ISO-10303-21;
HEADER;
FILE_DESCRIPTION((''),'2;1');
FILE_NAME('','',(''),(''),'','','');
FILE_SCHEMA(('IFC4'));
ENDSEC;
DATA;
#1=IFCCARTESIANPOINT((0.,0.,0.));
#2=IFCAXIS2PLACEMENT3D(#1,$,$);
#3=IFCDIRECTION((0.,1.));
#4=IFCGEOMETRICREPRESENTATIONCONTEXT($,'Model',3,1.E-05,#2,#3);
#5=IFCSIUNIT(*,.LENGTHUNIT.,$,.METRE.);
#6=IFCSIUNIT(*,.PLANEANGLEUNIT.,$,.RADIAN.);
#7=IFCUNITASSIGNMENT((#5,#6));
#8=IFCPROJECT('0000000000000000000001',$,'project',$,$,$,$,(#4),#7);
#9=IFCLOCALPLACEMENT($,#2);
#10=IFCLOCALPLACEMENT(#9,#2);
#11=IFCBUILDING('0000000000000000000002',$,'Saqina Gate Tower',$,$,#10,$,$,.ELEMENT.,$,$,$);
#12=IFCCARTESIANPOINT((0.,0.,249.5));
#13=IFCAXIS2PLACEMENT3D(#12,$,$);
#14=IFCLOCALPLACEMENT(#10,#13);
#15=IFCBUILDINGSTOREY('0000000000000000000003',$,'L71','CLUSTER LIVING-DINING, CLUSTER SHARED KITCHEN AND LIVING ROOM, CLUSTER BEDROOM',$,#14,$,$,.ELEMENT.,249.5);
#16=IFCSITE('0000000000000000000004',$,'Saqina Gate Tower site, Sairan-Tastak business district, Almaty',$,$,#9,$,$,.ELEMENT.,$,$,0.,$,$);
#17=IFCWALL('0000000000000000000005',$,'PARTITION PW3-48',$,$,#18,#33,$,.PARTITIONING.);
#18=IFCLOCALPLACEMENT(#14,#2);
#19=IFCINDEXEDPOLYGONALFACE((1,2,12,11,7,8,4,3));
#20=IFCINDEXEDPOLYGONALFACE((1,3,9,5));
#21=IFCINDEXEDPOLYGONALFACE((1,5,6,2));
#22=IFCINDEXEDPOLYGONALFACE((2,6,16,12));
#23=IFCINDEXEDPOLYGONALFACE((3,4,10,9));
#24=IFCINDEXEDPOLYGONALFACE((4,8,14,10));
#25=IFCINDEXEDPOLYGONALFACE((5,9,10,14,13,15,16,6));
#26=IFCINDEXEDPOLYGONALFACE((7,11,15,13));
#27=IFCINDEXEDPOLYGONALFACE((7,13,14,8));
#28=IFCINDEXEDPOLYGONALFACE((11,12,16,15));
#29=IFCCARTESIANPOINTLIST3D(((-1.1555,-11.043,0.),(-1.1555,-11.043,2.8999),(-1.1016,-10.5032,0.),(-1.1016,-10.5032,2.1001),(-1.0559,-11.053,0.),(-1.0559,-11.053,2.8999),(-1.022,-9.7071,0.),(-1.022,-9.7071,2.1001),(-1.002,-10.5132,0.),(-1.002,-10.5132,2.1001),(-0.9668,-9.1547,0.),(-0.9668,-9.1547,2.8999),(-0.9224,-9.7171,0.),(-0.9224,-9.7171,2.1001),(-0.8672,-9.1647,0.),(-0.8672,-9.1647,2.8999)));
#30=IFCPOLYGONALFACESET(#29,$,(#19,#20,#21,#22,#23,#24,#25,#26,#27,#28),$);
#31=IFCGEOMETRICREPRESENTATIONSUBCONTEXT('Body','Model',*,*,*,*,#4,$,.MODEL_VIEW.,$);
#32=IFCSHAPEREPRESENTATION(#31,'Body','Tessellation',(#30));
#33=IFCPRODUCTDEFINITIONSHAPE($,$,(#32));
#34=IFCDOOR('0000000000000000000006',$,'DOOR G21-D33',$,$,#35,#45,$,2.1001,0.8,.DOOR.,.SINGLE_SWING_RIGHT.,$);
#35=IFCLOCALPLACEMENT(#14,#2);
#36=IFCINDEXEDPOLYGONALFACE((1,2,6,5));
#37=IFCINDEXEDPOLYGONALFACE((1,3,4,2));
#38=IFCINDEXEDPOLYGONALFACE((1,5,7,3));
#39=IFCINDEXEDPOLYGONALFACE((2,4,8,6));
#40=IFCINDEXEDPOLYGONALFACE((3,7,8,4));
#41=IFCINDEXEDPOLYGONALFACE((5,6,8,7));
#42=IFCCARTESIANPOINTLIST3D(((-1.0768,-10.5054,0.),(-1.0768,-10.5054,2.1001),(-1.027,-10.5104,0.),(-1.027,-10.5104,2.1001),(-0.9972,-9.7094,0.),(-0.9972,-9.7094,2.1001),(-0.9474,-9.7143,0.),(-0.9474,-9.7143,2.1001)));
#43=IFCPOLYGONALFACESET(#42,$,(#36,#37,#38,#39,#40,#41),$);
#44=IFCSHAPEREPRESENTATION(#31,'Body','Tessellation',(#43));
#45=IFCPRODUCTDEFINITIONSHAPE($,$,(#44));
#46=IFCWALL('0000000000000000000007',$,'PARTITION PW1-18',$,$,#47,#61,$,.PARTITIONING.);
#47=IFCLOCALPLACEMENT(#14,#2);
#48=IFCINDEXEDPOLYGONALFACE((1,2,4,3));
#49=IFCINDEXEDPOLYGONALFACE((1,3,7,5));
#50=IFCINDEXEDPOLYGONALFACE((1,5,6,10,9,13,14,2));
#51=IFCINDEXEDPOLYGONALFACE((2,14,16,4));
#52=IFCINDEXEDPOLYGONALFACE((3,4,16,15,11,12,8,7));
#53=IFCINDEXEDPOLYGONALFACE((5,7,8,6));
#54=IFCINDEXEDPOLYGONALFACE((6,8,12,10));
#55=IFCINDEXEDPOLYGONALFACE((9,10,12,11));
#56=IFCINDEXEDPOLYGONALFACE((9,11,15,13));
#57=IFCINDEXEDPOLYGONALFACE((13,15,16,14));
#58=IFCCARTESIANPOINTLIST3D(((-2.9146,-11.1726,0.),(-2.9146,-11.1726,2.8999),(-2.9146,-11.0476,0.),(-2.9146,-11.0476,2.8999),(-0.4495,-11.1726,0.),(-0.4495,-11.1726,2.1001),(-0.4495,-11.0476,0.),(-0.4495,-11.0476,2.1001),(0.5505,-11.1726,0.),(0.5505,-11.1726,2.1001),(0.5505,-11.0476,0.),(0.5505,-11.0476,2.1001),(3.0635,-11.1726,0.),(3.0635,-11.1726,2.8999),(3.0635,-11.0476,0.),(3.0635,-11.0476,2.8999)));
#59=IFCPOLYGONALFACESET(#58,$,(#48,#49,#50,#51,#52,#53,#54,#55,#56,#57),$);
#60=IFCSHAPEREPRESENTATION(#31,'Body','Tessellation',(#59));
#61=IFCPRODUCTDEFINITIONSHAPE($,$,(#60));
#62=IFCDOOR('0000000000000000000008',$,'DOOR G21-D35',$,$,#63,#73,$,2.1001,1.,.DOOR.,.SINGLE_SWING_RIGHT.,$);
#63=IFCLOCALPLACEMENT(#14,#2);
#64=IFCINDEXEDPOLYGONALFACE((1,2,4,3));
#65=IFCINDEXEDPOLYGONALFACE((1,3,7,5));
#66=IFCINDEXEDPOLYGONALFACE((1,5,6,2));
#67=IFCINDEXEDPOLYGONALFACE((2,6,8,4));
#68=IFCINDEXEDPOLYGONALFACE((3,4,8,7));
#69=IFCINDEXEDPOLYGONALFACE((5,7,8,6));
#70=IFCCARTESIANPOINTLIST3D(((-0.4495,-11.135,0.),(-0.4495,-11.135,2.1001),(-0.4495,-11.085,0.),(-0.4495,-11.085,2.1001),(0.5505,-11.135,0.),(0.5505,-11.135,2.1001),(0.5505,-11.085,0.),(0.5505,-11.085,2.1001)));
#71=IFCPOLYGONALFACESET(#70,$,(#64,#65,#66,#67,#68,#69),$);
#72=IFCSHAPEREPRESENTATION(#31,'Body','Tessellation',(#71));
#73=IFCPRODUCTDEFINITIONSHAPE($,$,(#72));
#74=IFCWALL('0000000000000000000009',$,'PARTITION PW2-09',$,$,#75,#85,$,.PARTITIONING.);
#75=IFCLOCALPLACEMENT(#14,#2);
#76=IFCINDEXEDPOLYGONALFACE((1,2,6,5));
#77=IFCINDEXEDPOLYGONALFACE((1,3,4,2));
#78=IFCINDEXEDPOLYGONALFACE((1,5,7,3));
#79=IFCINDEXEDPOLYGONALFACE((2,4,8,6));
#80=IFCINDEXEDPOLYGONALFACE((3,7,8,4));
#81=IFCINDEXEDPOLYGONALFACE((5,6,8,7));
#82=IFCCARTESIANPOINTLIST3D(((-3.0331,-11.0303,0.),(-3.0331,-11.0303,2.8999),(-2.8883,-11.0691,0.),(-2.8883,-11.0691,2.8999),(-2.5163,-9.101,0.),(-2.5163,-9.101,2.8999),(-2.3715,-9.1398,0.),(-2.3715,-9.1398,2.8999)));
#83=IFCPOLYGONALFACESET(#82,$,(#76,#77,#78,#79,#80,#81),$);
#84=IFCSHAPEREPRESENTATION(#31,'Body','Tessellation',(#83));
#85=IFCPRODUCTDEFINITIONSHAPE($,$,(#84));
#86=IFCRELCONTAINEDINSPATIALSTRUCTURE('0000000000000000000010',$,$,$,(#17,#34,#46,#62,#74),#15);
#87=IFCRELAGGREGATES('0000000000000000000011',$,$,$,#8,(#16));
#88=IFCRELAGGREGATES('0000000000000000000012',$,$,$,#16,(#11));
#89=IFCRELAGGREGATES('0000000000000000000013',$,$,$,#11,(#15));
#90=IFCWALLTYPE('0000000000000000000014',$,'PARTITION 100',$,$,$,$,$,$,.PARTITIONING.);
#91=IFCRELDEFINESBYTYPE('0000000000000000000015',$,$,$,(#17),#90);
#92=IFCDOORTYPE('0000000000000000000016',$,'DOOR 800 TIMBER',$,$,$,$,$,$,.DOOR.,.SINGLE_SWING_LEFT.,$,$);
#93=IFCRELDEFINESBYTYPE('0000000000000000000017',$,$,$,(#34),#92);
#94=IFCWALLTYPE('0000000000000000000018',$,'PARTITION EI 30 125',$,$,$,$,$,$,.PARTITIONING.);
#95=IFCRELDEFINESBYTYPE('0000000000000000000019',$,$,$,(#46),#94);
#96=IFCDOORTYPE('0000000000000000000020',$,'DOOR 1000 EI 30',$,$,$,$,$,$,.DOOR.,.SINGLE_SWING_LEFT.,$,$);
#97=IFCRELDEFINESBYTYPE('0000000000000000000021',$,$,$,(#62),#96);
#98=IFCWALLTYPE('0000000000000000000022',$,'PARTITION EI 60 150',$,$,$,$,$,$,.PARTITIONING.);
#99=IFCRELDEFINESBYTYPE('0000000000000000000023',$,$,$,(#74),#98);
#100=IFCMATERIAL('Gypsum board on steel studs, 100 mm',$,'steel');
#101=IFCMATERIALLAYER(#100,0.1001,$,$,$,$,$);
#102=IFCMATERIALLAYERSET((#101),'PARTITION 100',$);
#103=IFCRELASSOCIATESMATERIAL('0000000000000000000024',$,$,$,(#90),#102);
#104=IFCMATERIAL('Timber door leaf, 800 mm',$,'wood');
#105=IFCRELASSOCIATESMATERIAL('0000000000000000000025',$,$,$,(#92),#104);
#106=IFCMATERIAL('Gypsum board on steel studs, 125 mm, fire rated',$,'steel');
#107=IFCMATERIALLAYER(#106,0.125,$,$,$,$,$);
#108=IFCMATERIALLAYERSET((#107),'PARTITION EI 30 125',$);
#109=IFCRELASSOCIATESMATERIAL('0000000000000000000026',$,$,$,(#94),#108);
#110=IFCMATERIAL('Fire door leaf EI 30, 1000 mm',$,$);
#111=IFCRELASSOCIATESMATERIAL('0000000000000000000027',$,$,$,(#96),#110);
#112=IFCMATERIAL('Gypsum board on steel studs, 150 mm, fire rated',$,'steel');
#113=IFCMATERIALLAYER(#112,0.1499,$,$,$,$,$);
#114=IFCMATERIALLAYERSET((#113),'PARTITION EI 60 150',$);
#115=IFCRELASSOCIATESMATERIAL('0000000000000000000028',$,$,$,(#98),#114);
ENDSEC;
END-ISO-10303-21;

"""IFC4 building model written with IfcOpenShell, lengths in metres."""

from ifc_helpers import new_model, si_unit, direction, frame, frame_2d, origin, place, context, subcontext, project, spatial, rectangle, extrude, material, layer, layer_set, type_object, element, fill, save


model = new_model("IFC4")

# Units and contexts
model_context = context("Model", 3, precision=1e-05, world=origin(), true_north=direction((0.0, 1.0)))
body_context = subcontext(model_context, "Body", "Model", "MODEL_VIEW")
ifc_project = project(units=[si_unit("LENGTHUNIT", "METRE"), si_unit("PLANEANGLEUNIT", "RADIAN")], contexts=[model_context])

# Site, building, storey
site_placement = place(None, origin())
site = spatial("IfcSite", under=ifc_project, at=site_placement, Name="Saqina Gate Tower site, Sairan-Tastak business district, Almaty", CompositionType="ELEMENT", RefElevation=0.0)
building_placement = place(site_placement, origin())
building = spatial("IfcBuilding", under=site, at=building_placement, Name="Saqina Gate Tower", CompositionType="ELEMENT")
storey_placement = place(building_placement, frame((0.0, 0.0, 249.5)))
storey = spatial("IfcBuildingStorey", under=building, at=storey_placement, Name="L71", Description="CLUSTER LIVING-DINING, CLUSTER SHARED KITCHEN AND LIVING ROOM, CLUSTER BEDROOM", CompositionType="ELEMENT", Elevation=249.5)

# Shared definitions
ifc_material_1 = material(Name="Gypsum board on steel studs, 100 mm", Category="steel")
ifc_layer_1 = layer(ifc_material_1, 0.1001)
ifc_layer_set_1 = layer_set([ifc_layer_1], Name="PARTITION 100")
wall_type_1 = type_object("IfcWallType", Name="PARTITION 100", PredefinedType="PARTITIONING", material=ifc_layer_set_1)

# Walls, openings, doors
ifc_material_2 = material(Name="Timber door leaf, 800 mm", Category="wood")
door_type_1 = type_object("IfcDoorType", Name="DOOR 800 TIMBER", OperationType="SINGLE_SWING_LEFT", PredefinedType="DOOR", material=ifc_material_2)
wall_1_placement = place(storey_placement, frame((-1.1057, -11.0479, 0.0), z_axis=(0.0, 0.0, 1.0), x_axis=(0.099453, 0.995042, 0.0)))
wall_1 = element("IfcWall", 1, at=wall_1_placement, inside=storey, type_object=wall_type_1, Name="PARTITION PW3-48", PredefinedType="PARTITIONING", context=body_context, shape_type="SweptSolid", body=[
    extrude(rectangle(XDim=1.8977, YDim=0.1001, at=frame_2d((0.9487, 0.0))), origin(), (0.0, 0.0, 1.0), 2.8999),
])
opening_1_placement = place(wall_1_placement, frame((0.5425, 0.0, 0.0)))
opening_1 = element("IfcOpeningElement", 2, at=opening_1_placement, cuts=wall_1, PredefinedType="OPENING", context=body_context, shape_type="SweptSolid", body=[
    extrude(rectangle(XDim=0.8, YDim=2.1001, at=frame_2d((0.3999, 1.05))), frame((0.0, 0.062, 0.0), z_axis=(0.0, -1.0, 0.0), x_axis=(1.0, 0.0, 0.0)), (0.0, 0.0, 1.0), 0.124),
])
door_1_placement = place(opening_1_placement, frame((0.8, 0.0, 0.0), z_axis=(0.0, 0.0, 1.0), x_axis=(-1.0, 0.0, 0.0)))
door_1 = element("IfcDoor", 3, at=door_1_placement, inside=storey, type_object=door_type_1, Name="DOOR G21-D33", OperationType="SINGLE_SWING_RIGHT", OverallHeight=2.1001, OverallWidth=0.8, PredefinedType="DOOR", context=body_context, shape_type="SweptSolid", body=[
    extrude(rectangle(XDim=0.8, YDim=2.1001, at=frame_2d((0.3999, 1.05))), frame((0.0, 0.0249, 0.0), z_axis=(0.0, -1.0, 0.0), x_axis=(1.0, 0.0, 0.0)), (0.0, 0.0, 1.0), 0.05),
])
fill(opening_1, door_1)
ifc_material_3 = material(Name="Gypsum board on steel studs, 125 mm, fire rated", Category="steel")
ifc_layer_2 = layer(ifc_material_3, 0.125)
ifc_layer_set_2 = layer_set([ifc_layer_2], Name="PARTITION EI 30 125")
wall_type_2 = type_object("IfcWallType", Name="PARTITION EI 30 125", PredefinedType="PARTITIONING", material=ifc_layer_set_2)
wall_2_placement = place(storey_placement, frame((-2.9146, -11.1101, 0.0), z_axis=(0.0, 0.0, 1.0), x_axis=(1.0, 0.0, 0.0)))
wall_2 = element("IfcWall", 4, at=wall_2_placement, inside=storey, type_object=wall_type_2, Name="PARTITION PW1-18", PredefinedType="PARTITIONING", context=body_context, shape_type="SweptSolid", body=[
    extrude(rectangle(XDim=5.978, YDim=0.125, at=frame_2d((2.989, 0.0))), origin(), (0.0, 0.0, 1.0), 2.8999),
])
opening_2_placement = place(wall_2_placement, frame((2.4651, 0.0, 0.0)))
opening_2 = element("IfcOpeningElement", 5, at=opening_2_placement, cuts=wall_2, PredefinedType="OPENING", context=body_context, shape_type="SweptSolid", body=[
    extrude(rectangle(XDim=1.0, YDim=2.1001, at=frame_2d((0.5, 1.05))), frame((0.0, 0.0745, 0.0), z_axis=(0.0, -1.0, 0.0), x_axis=(1.0, 0.0, 0.0)), (0.0, 0.0, 1.0), 0.1489),
])
ifc_material_4 = material(Name="Fire door leaf EI 30, 1000 mm")
door_type_2 = type_object("IfcDoorType", Name="DOOR 1000 EI 30", OperationType="SINGLE_SWING_LEFT", PredefinedType="DOOR", material=ifc_material_4)
door_2_placement = place(opening_2_placement, frame((1.0, 0.0, 0.0), z_axis=(0.0, 0.0, 1.0), x_axis=(-1.0, 0.0, 0.0)))
door_2 = element("IfcDoor", 6, at=door_2_placement, inside=storey, type_object=door_type_2, Name="DOOR G21-D35", OperationType="SINGLE_SWING_RIGHT", OverallHeight=2.1001, OverallWidth=1.0, PredefinedType="DOOR", context=body_context, shape_type="SweptSolid", body=[
    extrude(rectangle(XDim=1.0, YDim=2.1001, at=frame_2d((0.5, 1.05))), frame((0.0, 0.0249, 0.0), z_axis=(0.0, -1.0, 0.0), x_axis=(1.0, 0.0, 0.0)), (0.0, 0.0, 1.0), 0.05),
])
fill(opening_2, door_2)

# Wall
ifc_material_5 = material(Name="Gypsum board on steel studs, 150 mm, fire rated", Category="steel")
ifc_layer_3 = layer(ifc_material_5, 0.1499)
ifc_layer_set_3 = layer_set([ifc_layer_3], Name="PARTITION EI 60 150")
wall_type_3 = type_object("IfcWallType", Name="PARTITION EI 60 150", PredefinedType="PARTITIONING", material=ifc_layer_set_3)
wall_3_placement = place(storey_placement, frame((-2.9607, -11.0496, 0.0), z_axis=(0.0, 0.0, 1.0), x_axis=(0.258781, 0.965936, 0.0)))
element("IfcWall", 7, at=wall_3_placement, inside=storey, type_object=wall_type_3, Name="PARTITION PW2-09", PredefinedType="PARTITIONING", context=body_context, shape_type="SweptSolid", body=[
    extrude(rectangle(XDim=1.9973, YDim=0.1499, at=frame_2d((0.9985, 0.0))), origin(), (0.0, 0.0, 1.0), 2.8999),
])

save(model, "model.ifc")
